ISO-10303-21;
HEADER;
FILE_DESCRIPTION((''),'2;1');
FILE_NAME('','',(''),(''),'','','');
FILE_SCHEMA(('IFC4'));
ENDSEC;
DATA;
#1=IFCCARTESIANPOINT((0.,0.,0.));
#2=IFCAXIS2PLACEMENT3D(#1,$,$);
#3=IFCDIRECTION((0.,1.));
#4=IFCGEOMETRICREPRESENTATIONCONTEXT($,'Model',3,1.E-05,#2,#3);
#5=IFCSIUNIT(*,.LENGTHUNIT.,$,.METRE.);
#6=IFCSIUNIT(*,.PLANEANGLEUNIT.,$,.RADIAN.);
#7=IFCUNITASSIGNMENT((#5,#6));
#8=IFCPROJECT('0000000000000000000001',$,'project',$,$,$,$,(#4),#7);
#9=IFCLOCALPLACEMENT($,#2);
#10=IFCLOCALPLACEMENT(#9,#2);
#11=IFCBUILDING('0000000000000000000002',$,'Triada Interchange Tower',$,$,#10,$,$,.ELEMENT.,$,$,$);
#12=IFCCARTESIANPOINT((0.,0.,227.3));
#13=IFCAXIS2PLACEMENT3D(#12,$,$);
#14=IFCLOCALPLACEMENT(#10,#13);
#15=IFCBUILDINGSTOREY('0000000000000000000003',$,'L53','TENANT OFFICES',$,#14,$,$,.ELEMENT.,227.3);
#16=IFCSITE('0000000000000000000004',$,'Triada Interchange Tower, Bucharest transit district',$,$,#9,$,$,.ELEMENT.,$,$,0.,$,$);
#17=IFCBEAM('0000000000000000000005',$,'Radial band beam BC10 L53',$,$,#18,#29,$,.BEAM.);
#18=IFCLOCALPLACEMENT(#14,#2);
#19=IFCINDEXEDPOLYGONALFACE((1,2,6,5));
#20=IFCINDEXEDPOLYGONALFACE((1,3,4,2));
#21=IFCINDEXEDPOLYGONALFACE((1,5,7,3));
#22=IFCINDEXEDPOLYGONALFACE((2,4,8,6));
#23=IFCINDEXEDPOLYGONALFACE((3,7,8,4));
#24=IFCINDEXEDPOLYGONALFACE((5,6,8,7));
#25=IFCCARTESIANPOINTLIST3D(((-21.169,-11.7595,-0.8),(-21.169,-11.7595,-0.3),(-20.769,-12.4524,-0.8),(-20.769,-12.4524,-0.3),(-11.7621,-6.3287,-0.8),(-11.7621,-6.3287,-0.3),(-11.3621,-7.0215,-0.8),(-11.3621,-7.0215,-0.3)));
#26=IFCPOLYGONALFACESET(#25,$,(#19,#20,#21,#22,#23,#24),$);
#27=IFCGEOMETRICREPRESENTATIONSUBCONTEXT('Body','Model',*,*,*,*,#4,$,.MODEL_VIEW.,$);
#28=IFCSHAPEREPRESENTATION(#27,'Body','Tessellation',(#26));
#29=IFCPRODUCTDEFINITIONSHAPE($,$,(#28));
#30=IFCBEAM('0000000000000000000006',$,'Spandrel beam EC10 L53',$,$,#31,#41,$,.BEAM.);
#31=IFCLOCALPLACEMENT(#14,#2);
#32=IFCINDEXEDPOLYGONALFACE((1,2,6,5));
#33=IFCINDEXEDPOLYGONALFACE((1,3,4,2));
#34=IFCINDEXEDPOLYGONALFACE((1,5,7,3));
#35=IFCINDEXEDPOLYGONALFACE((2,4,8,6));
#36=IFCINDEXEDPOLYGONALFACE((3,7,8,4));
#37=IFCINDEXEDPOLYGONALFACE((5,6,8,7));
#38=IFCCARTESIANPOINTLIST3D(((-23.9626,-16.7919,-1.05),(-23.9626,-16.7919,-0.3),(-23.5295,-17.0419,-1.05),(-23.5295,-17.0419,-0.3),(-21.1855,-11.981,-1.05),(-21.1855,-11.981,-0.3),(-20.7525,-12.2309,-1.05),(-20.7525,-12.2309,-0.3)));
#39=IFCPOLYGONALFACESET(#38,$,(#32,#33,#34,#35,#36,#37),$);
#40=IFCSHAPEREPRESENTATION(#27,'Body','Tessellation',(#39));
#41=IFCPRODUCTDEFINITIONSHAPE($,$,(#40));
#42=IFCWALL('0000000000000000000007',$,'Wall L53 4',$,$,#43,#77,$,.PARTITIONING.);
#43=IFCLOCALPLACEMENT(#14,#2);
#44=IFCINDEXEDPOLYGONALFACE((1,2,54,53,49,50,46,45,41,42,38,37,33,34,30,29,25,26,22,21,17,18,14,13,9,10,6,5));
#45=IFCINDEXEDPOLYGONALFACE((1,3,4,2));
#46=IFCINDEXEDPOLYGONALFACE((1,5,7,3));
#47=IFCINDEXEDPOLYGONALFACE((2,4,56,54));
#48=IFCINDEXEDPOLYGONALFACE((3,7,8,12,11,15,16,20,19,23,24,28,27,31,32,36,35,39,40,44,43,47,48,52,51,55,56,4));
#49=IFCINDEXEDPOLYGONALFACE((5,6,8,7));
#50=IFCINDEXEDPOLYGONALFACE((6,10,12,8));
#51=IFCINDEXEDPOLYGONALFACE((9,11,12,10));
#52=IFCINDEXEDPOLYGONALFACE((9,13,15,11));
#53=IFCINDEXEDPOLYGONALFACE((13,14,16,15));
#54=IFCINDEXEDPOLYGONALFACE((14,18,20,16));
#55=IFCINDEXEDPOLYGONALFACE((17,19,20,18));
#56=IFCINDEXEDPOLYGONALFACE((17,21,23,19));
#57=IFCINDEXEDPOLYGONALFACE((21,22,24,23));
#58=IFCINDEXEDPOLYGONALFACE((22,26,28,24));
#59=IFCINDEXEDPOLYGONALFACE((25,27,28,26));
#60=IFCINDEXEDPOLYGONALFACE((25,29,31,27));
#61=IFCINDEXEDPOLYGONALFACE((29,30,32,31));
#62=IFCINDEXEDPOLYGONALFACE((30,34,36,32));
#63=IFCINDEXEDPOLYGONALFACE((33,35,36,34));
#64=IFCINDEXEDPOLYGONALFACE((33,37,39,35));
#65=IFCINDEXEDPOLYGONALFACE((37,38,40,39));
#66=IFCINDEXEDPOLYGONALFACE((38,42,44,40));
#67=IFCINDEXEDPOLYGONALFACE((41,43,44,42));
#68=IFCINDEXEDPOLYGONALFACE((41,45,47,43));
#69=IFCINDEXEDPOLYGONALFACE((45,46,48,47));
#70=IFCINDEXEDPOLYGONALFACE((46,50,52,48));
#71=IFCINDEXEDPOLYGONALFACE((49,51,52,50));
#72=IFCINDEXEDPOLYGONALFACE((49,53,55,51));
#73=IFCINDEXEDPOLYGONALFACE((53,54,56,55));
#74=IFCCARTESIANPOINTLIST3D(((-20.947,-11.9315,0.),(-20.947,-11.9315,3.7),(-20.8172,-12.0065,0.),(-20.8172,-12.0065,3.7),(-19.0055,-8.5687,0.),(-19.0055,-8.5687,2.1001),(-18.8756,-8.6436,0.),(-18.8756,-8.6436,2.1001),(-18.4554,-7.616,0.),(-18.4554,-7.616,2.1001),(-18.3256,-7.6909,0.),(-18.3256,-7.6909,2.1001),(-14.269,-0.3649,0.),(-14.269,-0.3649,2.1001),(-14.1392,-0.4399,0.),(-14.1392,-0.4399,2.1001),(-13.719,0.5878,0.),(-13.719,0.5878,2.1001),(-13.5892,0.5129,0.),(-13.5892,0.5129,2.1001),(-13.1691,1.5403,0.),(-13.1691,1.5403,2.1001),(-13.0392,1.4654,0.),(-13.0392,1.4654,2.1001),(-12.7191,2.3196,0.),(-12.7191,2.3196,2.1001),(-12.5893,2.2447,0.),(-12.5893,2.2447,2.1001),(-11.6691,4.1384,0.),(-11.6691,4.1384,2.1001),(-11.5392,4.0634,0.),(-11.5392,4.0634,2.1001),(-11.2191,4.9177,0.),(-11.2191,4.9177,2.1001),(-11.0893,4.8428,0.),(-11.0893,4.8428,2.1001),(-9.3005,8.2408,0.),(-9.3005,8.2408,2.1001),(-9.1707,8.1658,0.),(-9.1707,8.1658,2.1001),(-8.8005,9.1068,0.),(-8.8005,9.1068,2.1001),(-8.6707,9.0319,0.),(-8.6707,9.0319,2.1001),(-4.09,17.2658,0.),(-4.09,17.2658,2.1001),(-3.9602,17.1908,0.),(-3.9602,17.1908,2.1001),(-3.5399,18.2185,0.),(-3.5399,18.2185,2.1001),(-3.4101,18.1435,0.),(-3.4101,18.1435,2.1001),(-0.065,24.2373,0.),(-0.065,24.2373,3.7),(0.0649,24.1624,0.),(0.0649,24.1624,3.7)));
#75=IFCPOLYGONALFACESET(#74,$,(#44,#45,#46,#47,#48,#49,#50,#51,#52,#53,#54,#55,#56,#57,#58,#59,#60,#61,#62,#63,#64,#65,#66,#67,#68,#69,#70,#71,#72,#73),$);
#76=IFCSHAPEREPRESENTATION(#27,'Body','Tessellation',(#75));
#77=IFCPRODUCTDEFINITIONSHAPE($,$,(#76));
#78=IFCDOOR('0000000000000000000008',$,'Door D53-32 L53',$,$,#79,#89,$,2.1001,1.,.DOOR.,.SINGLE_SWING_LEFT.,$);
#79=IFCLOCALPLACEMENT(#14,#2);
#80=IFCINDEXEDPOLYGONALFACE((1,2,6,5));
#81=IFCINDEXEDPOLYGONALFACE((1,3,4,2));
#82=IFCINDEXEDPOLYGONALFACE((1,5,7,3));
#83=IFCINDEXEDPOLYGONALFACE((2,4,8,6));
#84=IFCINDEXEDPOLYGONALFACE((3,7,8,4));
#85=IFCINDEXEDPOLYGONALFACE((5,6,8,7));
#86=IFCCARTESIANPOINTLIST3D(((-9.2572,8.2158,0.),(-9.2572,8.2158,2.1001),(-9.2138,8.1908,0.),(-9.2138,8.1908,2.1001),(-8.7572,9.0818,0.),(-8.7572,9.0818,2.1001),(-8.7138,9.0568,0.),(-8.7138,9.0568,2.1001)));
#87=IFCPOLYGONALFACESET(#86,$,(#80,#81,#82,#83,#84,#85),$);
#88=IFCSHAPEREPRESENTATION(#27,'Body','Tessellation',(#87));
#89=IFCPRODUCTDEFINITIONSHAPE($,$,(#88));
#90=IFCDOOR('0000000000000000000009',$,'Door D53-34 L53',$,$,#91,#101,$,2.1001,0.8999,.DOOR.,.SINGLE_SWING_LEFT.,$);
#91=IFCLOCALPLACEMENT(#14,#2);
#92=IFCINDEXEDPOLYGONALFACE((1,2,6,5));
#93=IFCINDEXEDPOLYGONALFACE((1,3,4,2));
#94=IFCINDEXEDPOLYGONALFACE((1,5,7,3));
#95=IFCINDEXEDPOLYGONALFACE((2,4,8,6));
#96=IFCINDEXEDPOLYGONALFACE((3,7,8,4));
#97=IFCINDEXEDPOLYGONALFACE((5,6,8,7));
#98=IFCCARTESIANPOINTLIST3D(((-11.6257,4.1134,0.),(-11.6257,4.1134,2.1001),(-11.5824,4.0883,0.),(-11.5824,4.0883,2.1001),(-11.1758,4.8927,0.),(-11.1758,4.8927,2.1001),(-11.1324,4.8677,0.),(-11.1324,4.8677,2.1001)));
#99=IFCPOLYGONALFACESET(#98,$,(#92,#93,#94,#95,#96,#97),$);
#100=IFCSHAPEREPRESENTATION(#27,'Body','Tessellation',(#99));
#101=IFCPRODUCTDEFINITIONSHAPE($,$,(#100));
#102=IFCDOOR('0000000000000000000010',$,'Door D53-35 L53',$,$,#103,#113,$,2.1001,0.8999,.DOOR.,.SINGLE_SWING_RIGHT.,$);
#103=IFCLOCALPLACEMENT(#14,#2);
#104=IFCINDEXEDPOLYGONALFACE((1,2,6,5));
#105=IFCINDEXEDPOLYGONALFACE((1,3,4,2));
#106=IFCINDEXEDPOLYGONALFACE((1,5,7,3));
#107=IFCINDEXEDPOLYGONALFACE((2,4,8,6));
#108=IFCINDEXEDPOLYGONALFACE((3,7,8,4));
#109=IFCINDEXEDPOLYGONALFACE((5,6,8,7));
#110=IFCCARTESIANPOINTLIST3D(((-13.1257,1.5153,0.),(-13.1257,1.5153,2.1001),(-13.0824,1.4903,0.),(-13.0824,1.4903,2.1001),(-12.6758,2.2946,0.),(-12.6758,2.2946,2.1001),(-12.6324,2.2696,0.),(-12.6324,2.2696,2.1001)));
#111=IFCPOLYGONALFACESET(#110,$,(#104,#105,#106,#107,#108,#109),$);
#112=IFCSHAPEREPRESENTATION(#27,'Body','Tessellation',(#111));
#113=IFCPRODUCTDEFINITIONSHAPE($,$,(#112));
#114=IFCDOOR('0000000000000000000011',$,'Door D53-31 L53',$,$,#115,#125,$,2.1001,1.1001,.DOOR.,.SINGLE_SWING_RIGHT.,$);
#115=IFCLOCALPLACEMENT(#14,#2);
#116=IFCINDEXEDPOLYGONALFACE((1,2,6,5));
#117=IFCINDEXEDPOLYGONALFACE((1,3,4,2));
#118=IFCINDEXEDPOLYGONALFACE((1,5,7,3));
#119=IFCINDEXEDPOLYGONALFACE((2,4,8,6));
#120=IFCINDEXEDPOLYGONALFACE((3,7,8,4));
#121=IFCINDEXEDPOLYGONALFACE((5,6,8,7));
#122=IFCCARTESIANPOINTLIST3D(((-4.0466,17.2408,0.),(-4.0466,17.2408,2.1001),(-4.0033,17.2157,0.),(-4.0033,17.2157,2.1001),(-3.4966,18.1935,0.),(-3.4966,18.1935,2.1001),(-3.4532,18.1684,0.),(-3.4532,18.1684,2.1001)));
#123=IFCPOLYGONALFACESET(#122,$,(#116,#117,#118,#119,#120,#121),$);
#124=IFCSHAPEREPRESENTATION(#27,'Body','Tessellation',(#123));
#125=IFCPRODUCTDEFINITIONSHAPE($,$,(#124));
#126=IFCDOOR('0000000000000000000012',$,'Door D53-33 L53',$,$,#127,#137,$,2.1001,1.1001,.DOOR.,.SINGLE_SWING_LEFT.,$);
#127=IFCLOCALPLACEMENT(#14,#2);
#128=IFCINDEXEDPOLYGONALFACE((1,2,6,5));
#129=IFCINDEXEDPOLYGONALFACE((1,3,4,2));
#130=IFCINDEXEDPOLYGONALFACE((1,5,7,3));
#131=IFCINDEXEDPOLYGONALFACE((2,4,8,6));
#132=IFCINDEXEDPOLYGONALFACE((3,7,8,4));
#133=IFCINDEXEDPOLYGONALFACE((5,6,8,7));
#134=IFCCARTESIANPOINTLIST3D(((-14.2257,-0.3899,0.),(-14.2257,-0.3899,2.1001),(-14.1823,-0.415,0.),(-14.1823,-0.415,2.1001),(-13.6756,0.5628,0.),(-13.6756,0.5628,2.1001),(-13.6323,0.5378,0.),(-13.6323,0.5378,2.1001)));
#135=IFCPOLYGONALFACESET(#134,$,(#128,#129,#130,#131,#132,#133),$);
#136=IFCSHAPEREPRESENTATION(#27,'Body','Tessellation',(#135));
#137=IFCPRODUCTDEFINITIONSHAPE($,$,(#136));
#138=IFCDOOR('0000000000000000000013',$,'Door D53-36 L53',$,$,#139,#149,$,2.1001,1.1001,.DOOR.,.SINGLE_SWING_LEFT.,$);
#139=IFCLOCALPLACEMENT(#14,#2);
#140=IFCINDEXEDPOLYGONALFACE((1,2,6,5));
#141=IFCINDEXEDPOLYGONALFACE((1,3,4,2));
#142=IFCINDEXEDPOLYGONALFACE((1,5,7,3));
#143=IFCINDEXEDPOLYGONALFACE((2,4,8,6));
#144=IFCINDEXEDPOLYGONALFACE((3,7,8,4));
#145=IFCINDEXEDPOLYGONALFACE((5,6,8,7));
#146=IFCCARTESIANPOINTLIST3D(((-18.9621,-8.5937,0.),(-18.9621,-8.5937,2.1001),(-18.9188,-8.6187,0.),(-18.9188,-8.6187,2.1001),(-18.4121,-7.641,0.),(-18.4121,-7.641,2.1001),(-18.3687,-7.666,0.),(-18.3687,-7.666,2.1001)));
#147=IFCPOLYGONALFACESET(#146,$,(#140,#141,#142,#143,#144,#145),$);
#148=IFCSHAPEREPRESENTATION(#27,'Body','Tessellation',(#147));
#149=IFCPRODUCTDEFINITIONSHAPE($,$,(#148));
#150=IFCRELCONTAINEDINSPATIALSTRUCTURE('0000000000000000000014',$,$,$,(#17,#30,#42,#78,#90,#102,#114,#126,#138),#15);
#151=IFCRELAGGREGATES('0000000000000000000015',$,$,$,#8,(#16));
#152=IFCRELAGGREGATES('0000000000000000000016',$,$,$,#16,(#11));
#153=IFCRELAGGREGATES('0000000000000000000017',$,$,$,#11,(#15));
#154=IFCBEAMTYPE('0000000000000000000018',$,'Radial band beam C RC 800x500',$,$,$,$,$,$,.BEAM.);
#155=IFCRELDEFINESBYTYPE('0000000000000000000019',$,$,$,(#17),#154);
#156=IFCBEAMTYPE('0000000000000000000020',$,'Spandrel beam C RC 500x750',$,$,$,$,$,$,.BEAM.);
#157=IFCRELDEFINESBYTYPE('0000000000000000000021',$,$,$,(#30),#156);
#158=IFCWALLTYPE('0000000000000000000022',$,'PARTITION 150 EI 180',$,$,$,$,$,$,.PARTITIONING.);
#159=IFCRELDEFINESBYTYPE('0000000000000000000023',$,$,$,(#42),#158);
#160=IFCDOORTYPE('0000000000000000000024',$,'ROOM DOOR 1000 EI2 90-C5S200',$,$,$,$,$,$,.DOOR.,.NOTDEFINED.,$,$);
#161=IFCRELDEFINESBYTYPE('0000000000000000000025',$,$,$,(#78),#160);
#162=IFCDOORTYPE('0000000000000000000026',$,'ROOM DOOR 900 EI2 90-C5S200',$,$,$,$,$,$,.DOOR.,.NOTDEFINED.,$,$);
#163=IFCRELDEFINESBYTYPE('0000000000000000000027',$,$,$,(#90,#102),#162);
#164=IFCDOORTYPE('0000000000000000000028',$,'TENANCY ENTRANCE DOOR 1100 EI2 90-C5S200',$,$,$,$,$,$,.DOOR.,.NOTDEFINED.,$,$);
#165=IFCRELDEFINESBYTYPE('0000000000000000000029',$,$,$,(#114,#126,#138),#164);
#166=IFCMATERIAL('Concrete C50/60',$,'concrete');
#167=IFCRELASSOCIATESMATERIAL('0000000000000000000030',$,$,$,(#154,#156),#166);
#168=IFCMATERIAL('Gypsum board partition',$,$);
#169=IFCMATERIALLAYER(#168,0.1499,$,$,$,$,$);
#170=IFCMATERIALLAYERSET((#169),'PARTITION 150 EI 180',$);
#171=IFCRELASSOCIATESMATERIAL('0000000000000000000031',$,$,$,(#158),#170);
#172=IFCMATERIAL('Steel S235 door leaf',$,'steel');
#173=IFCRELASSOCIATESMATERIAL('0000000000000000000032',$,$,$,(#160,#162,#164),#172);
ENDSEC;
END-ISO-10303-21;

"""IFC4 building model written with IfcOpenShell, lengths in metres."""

from ifc_helpers import new_model, si_unit, direction, frame, frame_2d, origin, origin_2d, place, context, subcontext, project, spatial, rectangle, extrude, material, layer, layer_set, material_profile, profile_set, type_object, element, fill, save


model = new_model("IFC4")

# Units and contexts
model_context = context("Model", 3, precision=1e-05, world=origin(), true_north=direction((0.0, 1.0)))
body_context = subcontext(model_context, "Body", "Model", "MODEL_VIEW")
ifc_project = project(units=[si_unit("LENGTHUNIT", "METRE"), si_unit("PLANEANGLEUNIT", "RADIAN")], contexts=[model_context])

# Site, building, storey
site_placement = place(None, origin())
site = spatial("IfcSite", under=ifc_project, at=site_placement, Name="Triada Interchange Tower, Bucharest transit district", CompositionType="ELEMENT", RefElevation=0.0)
building_placement = place(site_placement, origin())
building = spatial("IfcBuilding", under=site, at=building_placement, Name="Triada Interchange Tower", CompositionType="ELEMENT")
storey_placement = place(building_placement, frame((0.0, 0.0, 227.3)))
storey = spatial("IfcBuildingStorey", under=building, at=storey_placement, Name="L53", Description="TENANT OFFICES", CompositionType="ELEMENT", Elevation=227.3)

# Beams
ifc_material_1 = material(Name="Concrete C50/60", Category="concrete")
ifc_material_profile_1 = material_profile(ifc_material_1, rectangle(XDim=0.8, YDim=0.5, at=origin_2d()), Name="RC 800x500")
ifc_profile_set_1 = profile_set([ifc_material_profile_1], Name="Concrete C50/60")
beam_type_1 = type_object("IfcBeamType", Name="Radial band beam C RC 800x500", PredefinedType="BEAM", material=ifc_profile_set_1)
beam_1_placement = place(storey_placement, frame((-20.969, -12.106, -0.55), z_axis=(0.866034, 0.499985, 0.0), x_axis=(-0.499985, 0.866034, 0.0)))
element("IfcBeam", 1, at=beam_1_placement, inside=storey, type_object=beam_type_1, Name="Radial band beam BC10 L53", PredefinedType="BEAM", context=body_context, shape_type="SweptSolid", body=[
    extrude(rectangle(XDim=0.8, YDim=0.5, at=origin_2d()), origin(), (0.0, 0.0, 1.0), 10.8621),
])
ifc_material_profile_2 = material_profile(ifc_material_1, rectangle(XDim=0.5, YDim=0.75, at=origin_2d()), Name="RC 500x750")
ifc_profile_set_2 = profile_set([ifc_material_profile_2], Name="Concrete C50/60")
beam_type_2 = type_object("IfcBeamType", Name="Spandrel beam C RC 500x750", PredefinedType="BEAM", material=ifc_profile_set_2)
beam_2_placement = place(storey_placement, frame((-20.969, -12.106, -0.675), z_axis=(-0.499925, -0.866068, 0.0), x_axis=(0.866068, -0.499925, 0.0)))
element("IfcBeam", 2, at=beam_2_placement, inside=storey, type_object=beam_type_2, Name="Spandrel beam EC10 L53", PredefinedType="BEAM", context=body_context, shape_type="SweptSolid", body=[
    extrude(rectangle(XDim=0.5, YDim=0.75, at=origin_2d()), origin(), (0.0, 0.0, 1.0), 5.5549),
])

# Wall, openings, doors
ifc_material_2 = material(Name="Gypsum board partition")
ifc_layer_1 = layer(ifc_material_2, 0.1499)
ifc_layer_set_1 = layer_set([ifc_layer_1], Name="PARTITION 150 EI 180")
wall_type_1 = type_object("IfcWallType", Name="PARTITION 150 EI 180", PredefinedType="PARTITIONING", material=ifc_layer_set_1)
wall_1_placement = place(storey_placement, frame((-20.8821, -11.969, 0.0), z_axis=(0.0, 0.0, 1.0), x_axis=(0.499999, 0.866026, 0.0)))
wall_1 = element("IfcWall", 3, at=wall_1_placement, inside=storey, type_object=wall_type_1, Name="Wall L53 4", PredefinedType="PARTITIONING", context=body_context, shape_type="SweptSolid", body=[
    extrude(rectangle(XDim=41.7642, YDim=0.1499, at=frame_2d((20.8821, 0.0))), origin(), (0.0, 0.0, 1.0), 3.7),
])
opening_1_placement = place(wall_1_placement, frame((33.7141, 0.0, 0.0)))
opening_1 = element("IfcOpeningElement", 4, at=opening_1_placement, cuts=wall_1, PredefinedType="OPENING", context=body_context, shape_type="SweptSolid", body=[
    extrude(rectangle(XDim=1.1001, YDim=2.1001, at=frame_2d((0.55, 1.05))), frame((0.0, 0.085, 0.0), z_axis=(0.0, -1.0, 0.0), x_axis=(1.0, 0.0, 0.0)), (0.0, 0.0, 1.0), 0.1699),
])
opening_2_placement = place(wall_1_placement, frame((23.293, 0.0, 0.0)))
opening_2 = element("IfcOpeningElement", 5, at=opening_2_placement, cuts=wall_1, PredefinedType="OPENING", context=body_context, shape_type="SweptSolid", body=[
    extrude(rectangle(XDim=1.0, YDim=2.1001, at=frame_2d((0.5, 1.05))), frame((0.0, 0.085, 0.0), z_axis=(0.0, -1.0, 0.0), x_axis=(1.0, 0.0, 0.0)), (0.0, 0.0, 1.0), 0.1699),
])
opening_3_placement = place(wall_1_placement, frame((13.356, 0.0, 0.0)))
opening_3 = element("IfcOpeningElement", 6, at=opening_3_placement, cuts=wall_1, PredefinedType="OPENING", context=body_context, shape_type="SweptSolid", body=[
    extrude(rectangle(XDim=1.1001, YDim=2.1001, at=frame_2d((0.55, 1.05))), frame((0.0, 0.085, 0.0), z_axis=(0.0, -1.0, 0.0), x_axis=(1.0, 0.0, 0.0)), (0.0, 0.0, 1.0), 0.1699),
])
opening_4_placement = place(wall_1_placement, frame((18.5559, 0.0, 0.0)))
opening_4 = element("IfcOpeningElement", 7, at=opening_4_placement, cuts=wall_1, PredefinedType="OPENING", context=body_context, shape_type="SweptSolid", body=[
    extrude(rectangle(XDim=0.8999, YDim=2.1001, at=frame_2d((0.45, 1.05))), frame((0.0, 0.085, 0.0), z_axis=(0.0, -1.0, 0.0), x_axis=(1.0, 0.0, 0.0)), (0.0, 0.0, 1.0), 0.1699),
])
opening_5_placement = place(wall_1_placement, frame((15.5559, 0.0, 0.0)))
opening_5 = element("IfcOpeningElement", 8, at=opening_5_placement, cuts=wall_1, PredefinedType="OPENING", context=body_context, shape_type="SweptSolid", body=[
    extrude(rectangle(XDim=0.8999, YDim=2.1001, at=frame_2d((0.45, 1.05))), frame((0.0, 0.085, 0.0), z_axis=(0.0, -1.0, 0.0), x_axis=(1.0, 0.0, 0.0)), (0.0, 0.0, 1.0), 0.1699),
])
opening_6_placement = place(wall_1_placement, frame((3.8831, 0.0, 0.0)))
opening_6 = element("IfcOpeningElement", 9, at=opening_6_placement, cuts=wall_1, PredefinedType="OPENING", context=body_context, shape_type="SweptSolid", body=[
    extrude(rectangle(XDim=1.1001, YDim=2.1001, at=frame_2d((0.55, 1.05))), frame((0.0, 0.085, 0.0), z_axis=(0.0, -1.0, 0.0), x_axis=(1.0, 0.0, 0.0)), (0.0, 0.0, 1.0), 0.1699),
])
ifc_material_3 = material(Name="Steel S235 door leaf", Category="steel")
door_type_1 = type_object("IfcDoorType", Name="ROOM DOOR 1000 EI2 90-C5S200", OperationType="NOTDEFINED", PredefinedType="DOOR", material=ifc_material_3)
door_1_placement = place(opening_2_placement, origin())
door_1 = element("IfcDoor", 10, at=door_1_placement, inside=storey, type_object=door_type_1, Name="Door D53-32 L53", OperationType="SINGLE_SWING_LEFT", OverallHeight=2.1001, OverallWidth=1.0, PredefinedType="DOOR", context=body_context, shape_type="SweptSolid", body=[
    extrude(rectangle(XDim=1.0, YDim=2.1001, at=frame_2d((0.5, 1.05))), frame((0.0, 0.0249, 0.0), z_axis=(0.0, -1.0, 0.0), x_axis=(1.0, 0.0, 0.0)), (0.0, 0.0, 1.0), 0.05),
])
fill(opening_2, door_1)
door_type_2 = type_object("IfcDoorType", Name="ROOM DOOR 900 EI2 90-C5S200", OperationType="NOTDEFINED", PredefinedType="DOOR", material=ifc_material_3)
door_2_placement = place(opening_4_placement, origin())
door_2 = element("IfcDoor", 11, at=door_2_placement, inside=storey, type_object=door_type_2, Name="Door D53-34 L53", OperationType="SINGLE_SWING_LEFT", OverallHeight=2.1001, OverallWidth=0.8999, PredefinedType="DOOR", context=body_context, shape_type="SweptSolid", body=[
    extrude(rectangle(XDim=0.8999, YDim=2.1001, at=frame_2d((0.45, 1.05))), frame((0.0, 0.0249, 0.0), z_axis=(0.0, -1.0, 0.0), x_axis=(1.0, 0.0, 0.0)), (0.0, 0.0, 1.0), 0.05),
])
fill(opening_4, door_2)
door_3_placement = place(opening_5_placement, origin())
door_3 = element("IfcDoor", 12, at=door_3_placement, inside=storey, type_object=door_type_2, Name="Door D53-35 L53", OperationType="SINGLE_SWING_RIGHT", OverallHeight=2.1001, OverallWidth=0.8999, PredefinedType="DOOR", context=body_context, shape_type="SweptSolid", body=[
    extrude(rectangle(XDim=0.8999, YDim=2.1001, at=frame_2d((0.45, 1.05))), frame((0.0, 0.0249, 0.0), z_axis=(0.0, -1.0, 0.0), x_axis=(1.0, 0.0, 0.0)), (0.0, 0.0, 1.0), 0.05),
])
fill(opening_5, door_3)
door_type_3 = type_object("IfcDoorType", Name="TENANCY ENTRANCE DOOR 1100 EI2 90-C5S200", OperationType="NOTDEFINED", PredefinedType="DOOR", material=ifc_material_3)
door_4_placement = place(opening_1_placement, origin())
door_4 = element("IfcDoor", 13, at=door_4_placement, inside=storey, type_object=door_type_3, Name="Door D53-31 L53", OperationType="SINGLE_SWING_RIGHT", OverallHeight=2.1001, OverallWidth=1.1001, PredefinedType="DOOR", context=body_context, shape_type="SweptSolid", body=[
    extrude(rectangle(XDim=1.1001, YDim=2.1001, at=frame_2d((0.55, 1.05))), frame((0.0, 0.0249, 0.0), z_axis=(0.0, -1.0, 0.0), x_axis=(1.0, 0.0, 0.0)), (0.0, 0.0, 1.0), 0.05),
])
fill(opening_1, door_4)
door_5_placement = place(opening_3_placement, origin())
door_5 = element("IfcDoor", 14, at=door_5_placement, inside=storey, type_object=door_type_3, Name="Door D53-33 L53", OperationType="SINGLE_SWING_LEFT", OverallHeight=2.1001, OverallWidth=1.1001, PredefinedType="DOOR", context=body_context, shape_type="SweptSolid", body=[
    extrude(rectangle(XDim=1.1001, YDim=2.1001, at=frame_2d((0.55, 1.05))), frame((0.0, 0.0249, 0.0), z_axis=(0.0, -1.0, 0.0), x_axis=(1.0, 0.0, 0.0)), (0.0, 0.0, 1.0), 0.05),
])
fill(opening_3, door_5)
door_6_placement = place(opening_6_placement, origin())
door_6 = element("IfcDoor", 15, at=door_6_placement, inside=storey, type_object=door_type_3, Name="Door D53-36 L53", OperationType="SINGLE_SWING_LEFT", OverallHeight=2.1001, OverallWidth=1.1001, PredefinedType="DOOR", context=body_context, shape_type="SweptSolid", body=[
    extrude(rectangle(XDim=1.1001, YDim=2.1001, at=frame_2d((0.55, 1.05))), frame((0.0, 0.0249, 0.0), z_axis=(0.0, -1.0, 0.0), x_axis=(1.0, 0.0, 0.0)), (0.0, 0.0, 1.0), 0.05),
])
fill(opening_6, door_6)

save(model, "model.ifc")
